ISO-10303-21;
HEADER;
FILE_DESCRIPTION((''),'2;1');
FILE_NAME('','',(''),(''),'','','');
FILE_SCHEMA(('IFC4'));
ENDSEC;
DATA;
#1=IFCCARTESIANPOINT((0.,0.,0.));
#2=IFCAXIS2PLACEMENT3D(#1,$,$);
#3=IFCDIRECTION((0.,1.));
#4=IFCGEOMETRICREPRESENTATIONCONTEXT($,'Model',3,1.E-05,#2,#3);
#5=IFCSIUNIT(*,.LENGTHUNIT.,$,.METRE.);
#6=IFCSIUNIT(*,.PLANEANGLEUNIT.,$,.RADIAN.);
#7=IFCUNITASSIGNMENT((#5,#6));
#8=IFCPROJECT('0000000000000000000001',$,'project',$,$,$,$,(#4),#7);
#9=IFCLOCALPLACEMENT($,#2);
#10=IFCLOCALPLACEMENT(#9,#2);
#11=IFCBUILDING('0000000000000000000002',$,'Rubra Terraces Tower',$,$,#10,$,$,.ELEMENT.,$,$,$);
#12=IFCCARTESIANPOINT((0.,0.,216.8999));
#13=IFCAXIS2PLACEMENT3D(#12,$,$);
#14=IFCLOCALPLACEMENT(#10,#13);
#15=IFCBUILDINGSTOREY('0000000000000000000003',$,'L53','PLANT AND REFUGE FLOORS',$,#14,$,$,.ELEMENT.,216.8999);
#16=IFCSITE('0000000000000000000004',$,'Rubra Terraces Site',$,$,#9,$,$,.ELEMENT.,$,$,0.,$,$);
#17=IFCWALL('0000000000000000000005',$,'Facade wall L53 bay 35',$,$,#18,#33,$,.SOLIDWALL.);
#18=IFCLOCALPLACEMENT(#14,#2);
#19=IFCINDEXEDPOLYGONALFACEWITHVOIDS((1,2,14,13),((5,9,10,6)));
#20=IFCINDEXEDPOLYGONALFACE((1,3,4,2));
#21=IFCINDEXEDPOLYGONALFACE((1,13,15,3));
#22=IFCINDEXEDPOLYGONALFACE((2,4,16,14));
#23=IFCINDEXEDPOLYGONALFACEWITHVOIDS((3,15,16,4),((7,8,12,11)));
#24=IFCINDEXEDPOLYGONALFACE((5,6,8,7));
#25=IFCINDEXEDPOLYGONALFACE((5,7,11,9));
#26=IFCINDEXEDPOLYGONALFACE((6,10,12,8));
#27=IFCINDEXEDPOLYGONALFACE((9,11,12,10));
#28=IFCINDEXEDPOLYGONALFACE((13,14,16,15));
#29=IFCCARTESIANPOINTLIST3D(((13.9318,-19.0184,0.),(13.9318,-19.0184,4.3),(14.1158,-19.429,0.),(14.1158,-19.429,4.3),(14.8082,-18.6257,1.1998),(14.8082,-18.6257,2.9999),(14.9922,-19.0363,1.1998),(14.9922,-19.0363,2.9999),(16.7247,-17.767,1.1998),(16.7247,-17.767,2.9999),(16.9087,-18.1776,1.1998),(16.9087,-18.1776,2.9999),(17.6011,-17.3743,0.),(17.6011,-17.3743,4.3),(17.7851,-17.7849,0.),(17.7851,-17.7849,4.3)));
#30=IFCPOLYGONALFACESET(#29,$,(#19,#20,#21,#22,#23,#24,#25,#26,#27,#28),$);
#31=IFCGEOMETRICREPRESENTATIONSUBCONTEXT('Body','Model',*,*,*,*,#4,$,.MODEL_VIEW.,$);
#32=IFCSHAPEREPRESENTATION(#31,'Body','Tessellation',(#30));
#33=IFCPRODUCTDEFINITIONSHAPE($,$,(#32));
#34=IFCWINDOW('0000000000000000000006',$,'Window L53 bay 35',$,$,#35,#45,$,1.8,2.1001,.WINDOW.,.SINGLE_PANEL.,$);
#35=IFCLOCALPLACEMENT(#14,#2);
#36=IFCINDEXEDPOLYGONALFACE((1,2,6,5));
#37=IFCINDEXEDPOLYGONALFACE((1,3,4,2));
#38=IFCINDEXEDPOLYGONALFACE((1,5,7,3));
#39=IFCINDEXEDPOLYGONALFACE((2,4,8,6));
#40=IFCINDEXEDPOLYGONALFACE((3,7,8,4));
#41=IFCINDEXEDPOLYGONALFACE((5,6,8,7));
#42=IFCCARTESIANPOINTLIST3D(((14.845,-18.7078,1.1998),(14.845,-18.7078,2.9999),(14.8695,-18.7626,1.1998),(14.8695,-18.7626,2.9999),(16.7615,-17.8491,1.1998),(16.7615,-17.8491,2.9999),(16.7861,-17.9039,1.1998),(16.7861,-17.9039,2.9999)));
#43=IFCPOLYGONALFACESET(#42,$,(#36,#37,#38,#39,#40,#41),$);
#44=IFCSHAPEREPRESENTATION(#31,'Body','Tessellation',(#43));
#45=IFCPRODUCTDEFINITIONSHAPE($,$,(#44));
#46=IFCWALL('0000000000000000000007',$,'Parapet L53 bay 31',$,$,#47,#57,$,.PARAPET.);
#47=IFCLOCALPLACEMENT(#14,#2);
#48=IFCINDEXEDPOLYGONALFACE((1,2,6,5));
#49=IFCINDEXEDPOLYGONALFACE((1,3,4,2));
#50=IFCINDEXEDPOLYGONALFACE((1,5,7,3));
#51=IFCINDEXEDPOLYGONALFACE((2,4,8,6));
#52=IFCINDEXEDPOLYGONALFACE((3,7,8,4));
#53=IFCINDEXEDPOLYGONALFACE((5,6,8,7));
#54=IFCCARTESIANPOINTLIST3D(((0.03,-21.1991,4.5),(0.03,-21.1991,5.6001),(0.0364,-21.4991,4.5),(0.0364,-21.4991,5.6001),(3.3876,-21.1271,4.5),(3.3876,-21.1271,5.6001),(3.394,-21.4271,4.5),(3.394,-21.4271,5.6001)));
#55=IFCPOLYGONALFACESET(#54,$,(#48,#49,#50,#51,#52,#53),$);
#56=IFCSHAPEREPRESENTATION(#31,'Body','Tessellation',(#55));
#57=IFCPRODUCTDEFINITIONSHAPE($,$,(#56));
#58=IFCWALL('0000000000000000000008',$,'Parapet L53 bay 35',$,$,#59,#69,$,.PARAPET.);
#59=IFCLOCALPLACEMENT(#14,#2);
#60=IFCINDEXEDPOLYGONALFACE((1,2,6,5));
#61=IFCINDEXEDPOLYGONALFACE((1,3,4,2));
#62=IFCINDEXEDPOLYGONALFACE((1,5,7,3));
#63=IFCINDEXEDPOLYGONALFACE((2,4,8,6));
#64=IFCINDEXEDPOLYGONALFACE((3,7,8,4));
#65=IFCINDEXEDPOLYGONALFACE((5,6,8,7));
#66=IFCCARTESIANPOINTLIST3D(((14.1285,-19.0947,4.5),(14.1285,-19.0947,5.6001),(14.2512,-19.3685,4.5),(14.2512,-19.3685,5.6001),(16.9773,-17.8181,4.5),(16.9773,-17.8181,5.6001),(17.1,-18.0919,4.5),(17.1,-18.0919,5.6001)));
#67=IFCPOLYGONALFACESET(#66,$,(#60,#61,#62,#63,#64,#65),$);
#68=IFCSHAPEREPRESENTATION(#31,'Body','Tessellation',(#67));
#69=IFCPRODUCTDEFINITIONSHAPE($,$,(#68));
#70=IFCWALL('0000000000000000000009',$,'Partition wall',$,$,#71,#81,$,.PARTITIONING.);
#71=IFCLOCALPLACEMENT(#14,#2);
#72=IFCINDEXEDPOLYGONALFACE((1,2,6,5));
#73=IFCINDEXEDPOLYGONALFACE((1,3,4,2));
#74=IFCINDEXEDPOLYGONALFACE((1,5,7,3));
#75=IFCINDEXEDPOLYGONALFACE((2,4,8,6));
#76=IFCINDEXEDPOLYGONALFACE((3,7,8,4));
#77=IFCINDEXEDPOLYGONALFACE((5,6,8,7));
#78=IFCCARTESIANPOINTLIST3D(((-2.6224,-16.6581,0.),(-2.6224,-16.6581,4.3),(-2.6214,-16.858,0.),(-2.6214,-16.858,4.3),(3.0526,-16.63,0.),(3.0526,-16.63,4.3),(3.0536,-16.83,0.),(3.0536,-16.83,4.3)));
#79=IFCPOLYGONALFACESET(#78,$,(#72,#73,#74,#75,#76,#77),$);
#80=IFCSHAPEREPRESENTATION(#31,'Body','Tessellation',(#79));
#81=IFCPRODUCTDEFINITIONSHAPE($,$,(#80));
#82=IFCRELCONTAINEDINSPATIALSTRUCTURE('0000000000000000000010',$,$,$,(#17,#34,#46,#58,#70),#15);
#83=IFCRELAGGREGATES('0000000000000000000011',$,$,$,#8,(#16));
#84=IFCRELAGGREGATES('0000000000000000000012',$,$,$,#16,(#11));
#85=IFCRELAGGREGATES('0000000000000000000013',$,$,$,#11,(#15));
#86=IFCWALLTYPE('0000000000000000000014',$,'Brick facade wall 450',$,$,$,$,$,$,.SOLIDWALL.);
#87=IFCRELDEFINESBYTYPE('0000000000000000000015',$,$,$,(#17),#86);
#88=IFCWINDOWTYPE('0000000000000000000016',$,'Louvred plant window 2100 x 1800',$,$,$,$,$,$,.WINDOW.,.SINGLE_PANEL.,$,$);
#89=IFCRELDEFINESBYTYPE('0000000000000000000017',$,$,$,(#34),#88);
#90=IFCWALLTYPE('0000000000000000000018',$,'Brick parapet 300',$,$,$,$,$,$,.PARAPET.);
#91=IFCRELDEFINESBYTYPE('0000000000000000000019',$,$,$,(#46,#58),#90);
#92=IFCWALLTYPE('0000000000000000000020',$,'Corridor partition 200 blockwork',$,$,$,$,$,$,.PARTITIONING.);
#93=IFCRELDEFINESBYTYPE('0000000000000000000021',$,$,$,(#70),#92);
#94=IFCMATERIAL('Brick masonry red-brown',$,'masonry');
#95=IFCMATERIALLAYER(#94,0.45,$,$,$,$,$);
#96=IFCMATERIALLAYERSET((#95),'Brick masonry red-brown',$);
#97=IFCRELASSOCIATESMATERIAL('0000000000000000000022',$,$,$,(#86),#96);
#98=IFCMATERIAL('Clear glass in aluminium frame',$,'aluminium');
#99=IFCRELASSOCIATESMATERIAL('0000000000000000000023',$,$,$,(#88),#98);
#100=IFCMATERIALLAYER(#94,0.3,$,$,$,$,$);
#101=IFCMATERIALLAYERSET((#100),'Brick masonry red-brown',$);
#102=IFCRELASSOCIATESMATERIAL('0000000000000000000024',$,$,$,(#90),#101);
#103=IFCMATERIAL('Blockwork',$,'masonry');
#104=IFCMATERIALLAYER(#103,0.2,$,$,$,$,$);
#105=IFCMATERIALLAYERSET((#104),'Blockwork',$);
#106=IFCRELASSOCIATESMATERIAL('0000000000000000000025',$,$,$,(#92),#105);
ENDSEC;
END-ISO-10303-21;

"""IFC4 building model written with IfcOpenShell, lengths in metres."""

from ifc_helpers import new_model, si_unit, direction, frame, frame_2d, origin, place, context, subcontext, project, spatial, rectangle, extrude, material, layer, layer_set, type_object, element, fill, save


model = new_model("IFC4")

# Units and contexts
model_context = context("Model", 3, precision=1e-05, world=origin(), true_north=direction((0.0, 1.0)))
body_context = subcontext(model_context, "Body", "Model", "MODEL_VIEW")
ifc_project = project(units=[si_unit("LENGTHUNIT", "METRE"), si_unit("PLANEANGLEUNIT", "RADIAN")], contexts=[model_context])

# Site, building, storey
site_placement = place(None, origin())
site = spatial("IfcSite", under=ifc_project, at=site_placement, Name="Rubra Terraces Site", CompositionType="ELEMENT", RefElevation=0.0)
building_placement = place(site_placement, origin())
building = spatial("IfcBuilding", under=site, at=building_placement, Name="Rubra Terraces Tower", CompositionType="ELEMENT")
storey_placement = place(building_placement, frame((0.0, 0.0, 216.8999)))
storey = spatial("IfcBuildingStorey", under=building, at=storey_placement, Name="L53", Description="PLANT AND REFUGE FLOORS", CompositionType="ELEMENT", Elevation=216.8999)

# Wall, opening, window
ifc_material_1 = material(Name="Brick masonry red-brown", Category="masonry")
ifc_layer_1 = layer(ifc_material_1, 0.45)
ifc_layer_set_1 = layer_set([ifc_layer_1], Name="Brick masonry red-brown")
wall_type_1 = type_object("IfcWallType", Name="Brick facade wall 450", PredefinedType="SOLIDWALL", material=ifc_layer_set_1)
ifc_material_2 = material(Name="Clear glass in aluminium frame", Category="aluminium")
window_type = type_object("IfcWindowType", Name="Louvred plant window 2100 x 1800", PartitioningType="SINGLE_PANEL", PredefinedType="WINDOW", material=ifc_material_2)
wall_1_placement = place(storey_placement, frame((14.0239, -19.2236, 0.0), z_axis=(0.0, 0.0, 1.0), x_axis=(0.91258, 0.408897, 0.0)))
wall_1 = element("IfcWall", 1, at=wall_1_placement, inside=storey, type_object=wall_type_1, Name="Facade wall L53 bay 35", PredefinedType="SOLIDWALL", context=body_context, shape_type="SweptSolid", body=[
    extrude(rectangle(XDim=4.0208, YDim=0.45, at=frame_2d((2.0103, 0.0))), origin(), (0.0, 0.0, 1.0), 4.3),
])
opening_1_placement = place(wall_1_placement, frame((0.9602, 0.0, 1.2)))
opening_1 = element("IfcOpeningElement", 2, at=opening_1_placement, cuts=wall_1, PredefinedType="OPENING", context=body_context, shape_type="SweptSolid", body=[
    extrude(rectangle(XDim=2.1001, YDim=1.8, at=frame_2d((1.05, 0.8999))), frame((0.0, 0.2349, 0.0), z_axis=(0.0, -1.0, 0.0), x_axis=(1.0, 0.0, 0.0)), (0.0, 0.0, 1.0), 0.47),
])
window_1_placement = place(opening_1_placement, origin())
window_1 = element("IfcWindow", 3, at=window_1_placement, inside=storey, type_object=window_type, Name="Window L53 bay 35", OverallHeight=1.8, OverallWidth=2.1001, PartitioningType="SINGLE_PANEL", PredefinedType="WINDOW", context=body_context, shape_type="SweptSolid", body=[
    extrude(rectangle(XDim=2.1001, YDim=1.8, at=frame_2d((1.05, 0.8999))), frame((0.0, 0.135, 0.0), z_axis=(0.0, -1.0, 0.0), x_axis=(1.0, 0.0, 0.0)), (0.0, 0.0, 1.0), 0.0601),
])
fill(opening_1, window_1)

# Walls
ifc_layer_2 = layer(ifc_material_1, 0.3)
ifc_layer_set_2 = layer_set([ifc_layer_2], Name="Brick masonry red-brown")
wall_type_2 = type_object("IfcWallType", Name="Brick parapet 300", PredefinedType="PARAPET", material=ifc_layer_set_2)
wall_2_placement = place(storey_placement, frame((0.0332, -21.3491, 4.5), z_axis=(0.0, 0.0, 1.0), x_axis=(0.99977, 0.021445, 0.0)))
element("IfcWall", 4, at=wall_2_placement, inside=storey, type_object=wall_type_2, Name="Parapet L53 bay 31", PredefinedType="PARAPET", context=body_context, shape_type="SweptSolid", body=[
    extrude(rectangle(XDim=3.3584, YDim=0.3, at=frame_2d((1.6792, 0.0))), origin(), (0.0, 0.0, 1.0), 1.1001),
])
wall_3_placement = place(storey_placement, frame((14.1897, -19.2317, 4.5), z_axis=(0.0, 0.0, 1.0), x_axis=(0.912566, 0.40893, 0.0)))
element("IfcWall", 5, at=wall_3_placement, inside=storey, type_object=wall_type_2, Name="Parapet L53 bay 35", PredefinedType="PARAPET", context=body_context, shape_type="SweptSolid", body=[
    extrude(rectangle(XDim=3.1218, YDim=0.3, at=frame_2d((1.561, 0.0))), origin(), (0.0, 0.0, 1.0), 1.1001),
])
ifc_material_3 = material(Name="Blockwork", Category="masonry")
ifc_layer_3 = layer(ifc_material_3, 0.2)
ifc_layer_set_3 = layer_set([ifc_layer_3], Name="Blockwork")
wall_type_3 = type_object("IfcWallType", Name="Corridor partition 200 blockwork", PredefinedType="PARTITIONING", material=ifc_layer_set_3)
wall_4_placement = place(storey_placement, frame((3.053, -16.73, 0.0), z_axis=(0.0, 0.0, 1.0), x_axis=(-0.999988, -0.004947, 0.0)))
element("IfcWall", 6, at=wall_4_placement, inside=storey, type_object=wall_type_3, Name="Partition wall", PredefinedType="PARTITIONING", context=body_context, shape_type="SweptSolid", body=[
    extrude(rectangle(XDim=5.675, YDim=0.2, at=frame_2d((2.8374, 0.0))), origin(), (0.0, 0.0, 1.0), 4.3),
])

save(model, "model.ifc")
